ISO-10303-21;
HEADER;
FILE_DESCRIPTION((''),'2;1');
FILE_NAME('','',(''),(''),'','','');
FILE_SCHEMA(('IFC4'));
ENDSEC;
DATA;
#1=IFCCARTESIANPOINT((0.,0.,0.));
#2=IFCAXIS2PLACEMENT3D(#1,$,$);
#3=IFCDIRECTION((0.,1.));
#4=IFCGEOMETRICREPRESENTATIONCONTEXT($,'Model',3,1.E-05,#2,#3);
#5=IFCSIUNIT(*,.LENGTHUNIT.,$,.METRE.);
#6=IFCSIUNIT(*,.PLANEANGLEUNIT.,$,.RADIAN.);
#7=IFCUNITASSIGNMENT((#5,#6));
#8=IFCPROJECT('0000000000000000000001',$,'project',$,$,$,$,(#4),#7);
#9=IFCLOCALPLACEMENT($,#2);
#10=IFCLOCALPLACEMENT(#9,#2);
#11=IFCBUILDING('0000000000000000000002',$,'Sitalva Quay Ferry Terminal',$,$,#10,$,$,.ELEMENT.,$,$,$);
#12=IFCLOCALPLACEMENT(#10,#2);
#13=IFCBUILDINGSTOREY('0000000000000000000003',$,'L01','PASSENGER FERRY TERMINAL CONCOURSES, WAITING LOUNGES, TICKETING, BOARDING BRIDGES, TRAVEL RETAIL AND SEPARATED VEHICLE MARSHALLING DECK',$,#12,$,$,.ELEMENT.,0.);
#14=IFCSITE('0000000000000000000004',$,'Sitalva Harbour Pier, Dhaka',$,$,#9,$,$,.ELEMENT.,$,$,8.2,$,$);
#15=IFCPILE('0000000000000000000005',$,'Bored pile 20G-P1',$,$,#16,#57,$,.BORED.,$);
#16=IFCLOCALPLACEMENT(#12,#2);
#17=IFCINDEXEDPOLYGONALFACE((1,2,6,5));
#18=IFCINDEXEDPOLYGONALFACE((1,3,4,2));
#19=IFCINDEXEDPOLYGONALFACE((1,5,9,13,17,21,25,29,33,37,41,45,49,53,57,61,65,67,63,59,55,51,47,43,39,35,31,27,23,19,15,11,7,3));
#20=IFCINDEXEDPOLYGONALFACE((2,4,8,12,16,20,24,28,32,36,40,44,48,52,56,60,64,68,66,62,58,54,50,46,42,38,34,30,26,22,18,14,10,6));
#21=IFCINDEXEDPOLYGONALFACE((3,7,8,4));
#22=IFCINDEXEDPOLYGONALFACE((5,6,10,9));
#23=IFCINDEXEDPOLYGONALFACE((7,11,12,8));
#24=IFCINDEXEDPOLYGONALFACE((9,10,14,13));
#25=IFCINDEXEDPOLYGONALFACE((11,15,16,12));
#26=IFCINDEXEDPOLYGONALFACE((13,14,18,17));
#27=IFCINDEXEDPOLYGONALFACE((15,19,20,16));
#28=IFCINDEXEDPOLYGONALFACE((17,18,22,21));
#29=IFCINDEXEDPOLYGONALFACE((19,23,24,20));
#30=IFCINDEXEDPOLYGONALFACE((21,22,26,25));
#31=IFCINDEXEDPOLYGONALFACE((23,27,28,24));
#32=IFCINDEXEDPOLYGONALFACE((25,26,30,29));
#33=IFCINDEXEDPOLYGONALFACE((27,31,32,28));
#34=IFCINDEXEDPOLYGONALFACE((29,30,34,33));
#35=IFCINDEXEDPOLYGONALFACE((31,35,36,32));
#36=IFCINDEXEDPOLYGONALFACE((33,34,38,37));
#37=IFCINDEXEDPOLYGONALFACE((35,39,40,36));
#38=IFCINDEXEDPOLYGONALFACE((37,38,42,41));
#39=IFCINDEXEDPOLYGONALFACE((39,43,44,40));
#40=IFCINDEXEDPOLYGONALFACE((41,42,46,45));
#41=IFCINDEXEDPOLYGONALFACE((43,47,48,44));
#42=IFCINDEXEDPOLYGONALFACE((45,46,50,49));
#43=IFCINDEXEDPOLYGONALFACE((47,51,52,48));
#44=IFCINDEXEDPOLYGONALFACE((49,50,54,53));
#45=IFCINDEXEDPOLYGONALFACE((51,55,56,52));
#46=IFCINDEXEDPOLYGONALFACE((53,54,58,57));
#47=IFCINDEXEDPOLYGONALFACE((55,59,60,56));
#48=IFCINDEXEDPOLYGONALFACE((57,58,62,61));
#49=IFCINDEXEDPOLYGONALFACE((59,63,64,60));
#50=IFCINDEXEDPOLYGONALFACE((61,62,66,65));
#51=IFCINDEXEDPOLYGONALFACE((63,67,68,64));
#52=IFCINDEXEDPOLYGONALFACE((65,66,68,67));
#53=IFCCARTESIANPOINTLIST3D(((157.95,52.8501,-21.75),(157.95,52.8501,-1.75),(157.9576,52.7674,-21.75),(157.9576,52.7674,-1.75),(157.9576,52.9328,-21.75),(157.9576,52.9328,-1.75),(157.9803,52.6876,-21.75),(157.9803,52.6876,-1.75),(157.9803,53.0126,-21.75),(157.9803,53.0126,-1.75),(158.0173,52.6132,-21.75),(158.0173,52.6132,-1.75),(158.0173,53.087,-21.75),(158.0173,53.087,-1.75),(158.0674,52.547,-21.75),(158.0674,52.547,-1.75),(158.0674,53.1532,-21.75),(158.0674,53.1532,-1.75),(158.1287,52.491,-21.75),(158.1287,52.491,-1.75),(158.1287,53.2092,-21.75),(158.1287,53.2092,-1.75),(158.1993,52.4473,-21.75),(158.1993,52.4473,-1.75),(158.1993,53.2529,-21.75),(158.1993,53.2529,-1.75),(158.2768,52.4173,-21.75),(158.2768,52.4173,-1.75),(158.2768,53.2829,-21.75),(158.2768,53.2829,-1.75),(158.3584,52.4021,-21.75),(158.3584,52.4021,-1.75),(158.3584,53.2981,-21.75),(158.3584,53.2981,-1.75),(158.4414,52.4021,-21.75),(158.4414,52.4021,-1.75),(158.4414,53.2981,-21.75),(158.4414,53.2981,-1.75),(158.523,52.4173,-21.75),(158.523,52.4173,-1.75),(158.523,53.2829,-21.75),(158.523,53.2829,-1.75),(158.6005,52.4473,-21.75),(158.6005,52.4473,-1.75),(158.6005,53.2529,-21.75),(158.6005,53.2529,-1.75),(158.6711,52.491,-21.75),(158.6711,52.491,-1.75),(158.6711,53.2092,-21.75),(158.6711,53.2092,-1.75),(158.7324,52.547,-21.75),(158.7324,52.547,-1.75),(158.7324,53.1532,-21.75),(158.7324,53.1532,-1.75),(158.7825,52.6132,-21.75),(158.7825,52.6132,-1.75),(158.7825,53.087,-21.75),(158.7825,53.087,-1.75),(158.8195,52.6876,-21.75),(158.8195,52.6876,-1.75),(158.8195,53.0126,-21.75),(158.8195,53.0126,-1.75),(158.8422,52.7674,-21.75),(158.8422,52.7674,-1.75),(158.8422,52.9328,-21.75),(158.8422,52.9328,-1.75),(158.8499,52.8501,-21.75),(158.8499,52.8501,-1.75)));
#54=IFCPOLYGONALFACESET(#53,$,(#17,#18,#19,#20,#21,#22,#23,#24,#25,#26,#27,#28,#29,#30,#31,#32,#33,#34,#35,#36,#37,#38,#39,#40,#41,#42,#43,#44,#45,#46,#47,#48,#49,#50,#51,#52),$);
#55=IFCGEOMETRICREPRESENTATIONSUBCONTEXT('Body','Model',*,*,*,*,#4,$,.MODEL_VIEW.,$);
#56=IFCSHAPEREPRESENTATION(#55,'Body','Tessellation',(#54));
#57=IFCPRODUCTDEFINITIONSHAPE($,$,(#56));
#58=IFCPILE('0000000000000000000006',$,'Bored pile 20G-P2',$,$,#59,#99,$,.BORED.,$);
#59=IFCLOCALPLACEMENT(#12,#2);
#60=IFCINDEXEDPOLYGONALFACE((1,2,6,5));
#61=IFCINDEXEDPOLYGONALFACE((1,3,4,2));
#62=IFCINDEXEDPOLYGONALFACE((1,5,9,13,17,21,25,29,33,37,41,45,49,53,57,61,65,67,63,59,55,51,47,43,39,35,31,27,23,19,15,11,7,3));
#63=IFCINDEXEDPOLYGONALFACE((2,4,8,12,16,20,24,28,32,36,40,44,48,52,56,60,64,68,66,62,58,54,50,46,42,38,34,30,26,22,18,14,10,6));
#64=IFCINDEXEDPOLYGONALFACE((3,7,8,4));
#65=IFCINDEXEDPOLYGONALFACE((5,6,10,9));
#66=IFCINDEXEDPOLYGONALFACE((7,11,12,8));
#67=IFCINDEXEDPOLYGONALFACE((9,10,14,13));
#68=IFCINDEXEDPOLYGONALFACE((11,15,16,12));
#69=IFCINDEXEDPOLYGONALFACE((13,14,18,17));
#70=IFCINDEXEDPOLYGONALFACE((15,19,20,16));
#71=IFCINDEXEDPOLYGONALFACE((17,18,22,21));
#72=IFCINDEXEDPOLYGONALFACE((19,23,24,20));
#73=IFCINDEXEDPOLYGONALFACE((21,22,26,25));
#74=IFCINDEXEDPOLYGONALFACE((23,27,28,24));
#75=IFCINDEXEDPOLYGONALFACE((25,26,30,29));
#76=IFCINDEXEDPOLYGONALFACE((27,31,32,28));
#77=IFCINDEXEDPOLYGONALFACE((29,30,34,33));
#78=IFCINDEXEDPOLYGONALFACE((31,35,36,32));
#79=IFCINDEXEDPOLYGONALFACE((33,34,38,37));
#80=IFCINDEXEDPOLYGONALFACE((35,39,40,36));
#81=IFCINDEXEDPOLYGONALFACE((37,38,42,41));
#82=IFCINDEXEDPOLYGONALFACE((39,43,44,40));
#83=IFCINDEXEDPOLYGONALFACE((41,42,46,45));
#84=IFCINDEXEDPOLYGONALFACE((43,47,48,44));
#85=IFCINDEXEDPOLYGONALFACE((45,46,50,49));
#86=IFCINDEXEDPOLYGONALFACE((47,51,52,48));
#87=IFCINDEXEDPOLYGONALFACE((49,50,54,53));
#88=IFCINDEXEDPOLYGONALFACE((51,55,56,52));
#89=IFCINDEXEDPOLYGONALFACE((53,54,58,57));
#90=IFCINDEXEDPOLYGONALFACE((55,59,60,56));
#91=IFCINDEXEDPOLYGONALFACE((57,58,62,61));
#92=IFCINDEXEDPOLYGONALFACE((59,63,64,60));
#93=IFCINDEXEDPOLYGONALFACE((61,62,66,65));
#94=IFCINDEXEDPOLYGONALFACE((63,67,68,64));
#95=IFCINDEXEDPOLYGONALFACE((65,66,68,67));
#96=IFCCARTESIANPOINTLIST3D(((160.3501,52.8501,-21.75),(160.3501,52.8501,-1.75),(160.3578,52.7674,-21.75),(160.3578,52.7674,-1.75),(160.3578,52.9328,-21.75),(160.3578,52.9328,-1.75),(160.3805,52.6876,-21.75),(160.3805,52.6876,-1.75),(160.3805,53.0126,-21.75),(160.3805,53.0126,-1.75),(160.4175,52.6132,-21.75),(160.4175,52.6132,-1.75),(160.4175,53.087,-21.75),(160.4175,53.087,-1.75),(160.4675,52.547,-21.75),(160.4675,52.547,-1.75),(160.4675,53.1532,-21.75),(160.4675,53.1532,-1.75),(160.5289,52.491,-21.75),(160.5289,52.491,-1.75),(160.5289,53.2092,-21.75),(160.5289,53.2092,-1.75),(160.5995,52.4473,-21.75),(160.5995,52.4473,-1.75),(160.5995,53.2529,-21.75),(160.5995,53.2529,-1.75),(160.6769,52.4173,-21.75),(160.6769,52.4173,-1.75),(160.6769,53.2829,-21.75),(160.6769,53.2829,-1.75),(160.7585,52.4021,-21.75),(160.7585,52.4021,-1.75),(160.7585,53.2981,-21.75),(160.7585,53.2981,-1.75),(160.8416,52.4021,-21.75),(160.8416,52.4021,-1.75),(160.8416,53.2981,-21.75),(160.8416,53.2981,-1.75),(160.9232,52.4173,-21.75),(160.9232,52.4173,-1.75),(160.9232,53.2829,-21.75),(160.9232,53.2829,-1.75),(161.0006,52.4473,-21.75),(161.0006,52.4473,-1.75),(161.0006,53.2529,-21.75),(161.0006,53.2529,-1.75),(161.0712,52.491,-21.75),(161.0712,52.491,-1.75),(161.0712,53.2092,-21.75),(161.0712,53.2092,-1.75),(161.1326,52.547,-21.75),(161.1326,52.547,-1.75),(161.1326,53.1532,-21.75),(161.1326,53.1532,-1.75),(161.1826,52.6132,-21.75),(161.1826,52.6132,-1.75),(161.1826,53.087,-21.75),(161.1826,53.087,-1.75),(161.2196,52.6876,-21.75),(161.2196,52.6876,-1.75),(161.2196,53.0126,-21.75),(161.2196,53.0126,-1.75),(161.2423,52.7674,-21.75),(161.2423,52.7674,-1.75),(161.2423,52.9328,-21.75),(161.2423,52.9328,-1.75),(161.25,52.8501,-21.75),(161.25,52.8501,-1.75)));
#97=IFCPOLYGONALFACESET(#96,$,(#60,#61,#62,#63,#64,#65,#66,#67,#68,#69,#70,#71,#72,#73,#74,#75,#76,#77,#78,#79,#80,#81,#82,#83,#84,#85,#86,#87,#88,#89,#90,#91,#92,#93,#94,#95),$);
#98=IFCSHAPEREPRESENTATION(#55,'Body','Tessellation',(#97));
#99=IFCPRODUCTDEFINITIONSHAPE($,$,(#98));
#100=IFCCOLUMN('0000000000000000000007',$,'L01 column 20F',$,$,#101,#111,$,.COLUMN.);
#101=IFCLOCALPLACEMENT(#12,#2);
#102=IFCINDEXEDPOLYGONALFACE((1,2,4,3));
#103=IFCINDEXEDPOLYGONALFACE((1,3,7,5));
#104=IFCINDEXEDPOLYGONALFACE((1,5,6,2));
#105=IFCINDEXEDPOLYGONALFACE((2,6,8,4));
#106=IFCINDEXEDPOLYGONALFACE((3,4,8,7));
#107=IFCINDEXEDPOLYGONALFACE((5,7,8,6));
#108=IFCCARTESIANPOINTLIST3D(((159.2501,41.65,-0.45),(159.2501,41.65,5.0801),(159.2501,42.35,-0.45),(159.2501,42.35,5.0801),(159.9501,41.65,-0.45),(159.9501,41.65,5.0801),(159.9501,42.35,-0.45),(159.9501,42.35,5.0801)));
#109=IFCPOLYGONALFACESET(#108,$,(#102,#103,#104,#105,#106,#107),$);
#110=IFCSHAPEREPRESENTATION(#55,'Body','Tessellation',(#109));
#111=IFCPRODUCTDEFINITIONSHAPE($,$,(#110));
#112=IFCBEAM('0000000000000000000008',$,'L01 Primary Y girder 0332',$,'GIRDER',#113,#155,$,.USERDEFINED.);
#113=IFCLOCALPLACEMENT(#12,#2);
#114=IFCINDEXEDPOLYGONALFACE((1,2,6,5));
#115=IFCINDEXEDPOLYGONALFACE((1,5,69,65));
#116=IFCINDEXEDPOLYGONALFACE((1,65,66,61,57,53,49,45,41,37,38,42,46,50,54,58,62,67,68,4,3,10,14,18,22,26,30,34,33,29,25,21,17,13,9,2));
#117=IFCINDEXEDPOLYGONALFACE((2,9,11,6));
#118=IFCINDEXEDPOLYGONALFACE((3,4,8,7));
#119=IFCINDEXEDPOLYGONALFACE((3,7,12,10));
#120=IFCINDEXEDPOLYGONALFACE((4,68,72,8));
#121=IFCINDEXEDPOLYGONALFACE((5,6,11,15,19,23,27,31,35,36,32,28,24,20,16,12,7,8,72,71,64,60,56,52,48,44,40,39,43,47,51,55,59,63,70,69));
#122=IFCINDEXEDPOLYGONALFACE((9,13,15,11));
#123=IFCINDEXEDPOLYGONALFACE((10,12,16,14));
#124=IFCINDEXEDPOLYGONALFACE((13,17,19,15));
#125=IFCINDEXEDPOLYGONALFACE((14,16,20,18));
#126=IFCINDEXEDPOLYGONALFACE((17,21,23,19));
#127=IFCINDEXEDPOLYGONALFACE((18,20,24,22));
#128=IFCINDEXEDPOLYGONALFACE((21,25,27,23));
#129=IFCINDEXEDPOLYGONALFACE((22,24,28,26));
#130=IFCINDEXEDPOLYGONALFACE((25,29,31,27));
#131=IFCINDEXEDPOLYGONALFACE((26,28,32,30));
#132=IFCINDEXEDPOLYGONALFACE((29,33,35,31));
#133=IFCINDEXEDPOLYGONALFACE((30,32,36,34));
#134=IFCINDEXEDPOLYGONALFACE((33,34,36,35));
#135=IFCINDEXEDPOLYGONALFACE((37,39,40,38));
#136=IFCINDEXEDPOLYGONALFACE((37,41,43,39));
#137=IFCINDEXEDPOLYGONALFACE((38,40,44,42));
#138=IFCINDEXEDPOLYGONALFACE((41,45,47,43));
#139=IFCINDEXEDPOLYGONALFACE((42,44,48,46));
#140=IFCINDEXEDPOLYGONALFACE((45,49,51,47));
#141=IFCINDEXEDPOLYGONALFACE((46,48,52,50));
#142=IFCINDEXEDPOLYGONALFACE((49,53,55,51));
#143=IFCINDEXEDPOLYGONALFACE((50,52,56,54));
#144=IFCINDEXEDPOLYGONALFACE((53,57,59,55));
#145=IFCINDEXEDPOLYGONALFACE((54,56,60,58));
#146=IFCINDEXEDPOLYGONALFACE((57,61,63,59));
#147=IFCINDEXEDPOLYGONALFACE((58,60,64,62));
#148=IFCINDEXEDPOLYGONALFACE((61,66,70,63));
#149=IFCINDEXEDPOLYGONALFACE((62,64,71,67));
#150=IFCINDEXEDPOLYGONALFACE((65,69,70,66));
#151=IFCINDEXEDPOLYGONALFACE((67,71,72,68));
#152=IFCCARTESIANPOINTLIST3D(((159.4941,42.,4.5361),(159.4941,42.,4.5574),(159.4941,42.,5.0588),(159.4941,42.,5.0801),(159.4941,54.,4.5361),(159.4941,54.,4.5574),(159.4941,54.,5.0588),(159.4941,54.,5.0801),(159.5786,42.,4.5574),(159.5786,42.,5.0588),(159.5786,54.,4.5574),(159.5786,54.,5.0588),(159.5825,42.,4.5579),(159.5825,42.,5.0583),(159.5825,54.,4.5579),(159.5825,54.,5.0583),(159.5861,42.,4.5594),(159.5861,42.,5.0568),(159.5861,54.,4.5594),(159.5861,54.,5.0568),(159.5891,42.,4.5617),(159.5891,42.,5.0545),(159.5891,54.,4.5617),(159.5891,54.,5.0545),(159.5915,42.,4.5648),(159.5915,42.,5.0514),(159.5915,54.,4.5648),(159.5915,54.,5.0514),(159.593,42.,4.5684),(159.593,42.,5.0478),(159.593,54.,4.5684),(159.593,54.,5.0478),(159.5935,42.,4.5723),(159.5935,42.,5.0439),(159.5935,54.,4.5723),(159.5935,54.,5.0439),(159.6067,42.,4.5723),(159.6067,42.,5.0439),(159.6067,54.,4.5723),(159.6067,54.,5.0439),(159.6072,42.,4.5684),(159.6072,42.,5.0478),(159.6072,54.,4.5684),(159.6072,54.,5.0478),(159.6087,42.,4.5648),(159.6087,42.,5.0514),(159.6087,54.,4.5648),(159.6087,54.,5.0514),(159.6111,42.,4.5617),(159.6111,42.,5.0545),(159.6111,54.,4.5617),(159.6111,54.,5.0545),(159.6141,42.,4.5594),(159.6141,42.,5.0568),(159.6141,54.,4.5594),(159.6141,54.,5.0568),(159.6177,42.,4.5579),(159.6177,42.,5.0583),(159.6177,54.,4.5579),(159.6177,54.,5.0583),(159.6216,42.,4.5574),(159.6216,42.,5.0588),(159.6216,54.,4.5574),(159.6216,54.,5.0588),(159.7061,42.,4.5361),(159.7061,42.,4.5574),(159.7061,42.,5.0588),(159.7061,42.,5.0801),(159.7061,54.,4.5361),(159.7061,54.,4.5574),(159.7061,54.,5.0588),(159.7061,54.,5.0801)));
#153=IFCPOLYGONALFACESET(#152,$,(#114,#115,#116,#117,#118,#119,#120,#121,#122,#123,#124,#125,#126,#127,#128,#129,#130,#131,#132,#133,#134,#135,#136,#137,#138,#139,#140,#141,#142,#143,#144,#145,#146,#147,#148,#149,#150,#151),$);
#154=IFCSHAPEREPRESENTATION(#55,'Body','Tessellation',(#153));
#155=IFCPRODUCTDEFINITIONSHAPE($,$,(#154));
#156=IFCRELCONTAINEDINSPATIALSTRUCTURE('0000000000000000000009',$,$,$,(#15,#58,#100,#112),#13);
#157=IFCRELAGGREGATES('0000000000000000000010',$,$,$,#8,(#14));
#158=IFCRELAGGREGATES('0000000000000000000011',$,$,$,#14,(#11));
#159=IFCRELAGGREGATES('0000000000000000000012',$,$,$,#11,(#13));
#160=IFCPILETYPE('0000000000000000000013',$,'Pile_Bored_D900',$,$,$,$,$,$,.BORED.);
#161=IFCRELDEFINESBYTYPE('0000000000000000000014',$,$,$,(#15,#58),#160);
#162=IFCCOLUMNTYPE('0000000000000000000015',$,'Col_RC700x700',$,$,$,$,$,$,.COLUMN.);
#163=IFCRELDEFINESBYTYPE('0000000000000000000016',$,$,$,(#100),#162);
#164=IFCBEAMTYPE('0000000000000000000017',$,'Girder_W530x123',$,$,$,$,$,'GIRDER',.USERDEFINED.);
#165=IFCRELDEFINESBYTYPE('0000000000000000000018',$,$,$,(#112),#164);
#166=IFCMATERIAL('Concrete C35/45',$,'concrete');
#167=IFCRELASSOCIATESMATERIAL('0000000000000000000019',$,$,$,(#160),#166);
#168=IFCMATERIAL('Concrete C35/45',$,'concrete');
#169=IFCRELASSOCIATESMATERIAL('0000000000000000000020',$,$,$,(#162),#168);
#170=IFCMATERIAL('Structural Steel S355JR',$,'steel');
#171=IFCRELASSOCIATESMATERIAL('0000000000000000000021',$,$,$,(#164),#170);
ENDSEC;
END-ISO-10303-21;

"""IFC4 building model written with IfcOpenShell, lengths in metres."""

from ifc_helpers import new_model, si_unit, direction, frame, origin, origin_2d, place, context, subcontext, project, spatial, rectangle, circle, i_section, extrude, material, material_profile, profile_set, type_object, element, save


model = new_model("IFC4")

# Units and contexts
model_context = context("Model", 3, precision=1e-05, world=origin(), true_north=direction((0.0, 1.0)))
body_context = subcontext(model_context, "Body", "Model", "MODEL_VIEW")
ifc_project = project(units=[si_unit("LENGTHUNIT", "METRE"), si_unit("PLANEANGLEUNIT", "RADIAN")], contexts=[model_context])

# Site, building, storey
site_placement = place(None, origin())
site = spatial("IfcSite", under=ifc_project, at=site_placement, Name="Sitalva Harbour Pier, Dhaka", CompositionType="ELEMENT", RefElevation=8.2)
building_placement = place(site_placement, origin())
building = spatial("IfcBuilding", under=site, at=building_placement, Name="Sitalva Quay Ferry Terminal", CompositionType="ELEMENT")
storey_placement = place(building_placement, origin())
storey = spatial("IfcBuildingStorey", under=building, at=storey_placement, Name="L01", Description="PASSENGER FERRY TERMINAL CONCOURSES, WAITING LOUNGES, TICKETING, BOARDING BRIDGES, TRAVEL RETAIL AND SEPARATED VEHICLE MARSHALLING DECK", CompositionType="ELEMENT", Elevation=0.0)

# Piles
ifc_material_1 = material(Name="Concrete C35/45", Category="concrete")
ifc_material_profile_1 = material_profile(ifc_material_1, circle(Radius=0.45, at=origin_2d()), Name="PILE-D900")
ifc_profile_set_1 = profile_set([ifc_material_profile_1], Name="Concrete C35/45")
pile_type_1 = type_object("IfcPileType", Name="Pile_Bored_D900", PredefinedType="BORED", material=ifc_profile_set_1)
for number, where, z_axis, x_axis, name in (
    (1, (158.3999, 52.8501, -1.75), (0.0, 0.0, -1.0), (1.0, 0.0, 0.0), "Bored pile 20G-P1"),
    (2, (160.8, 52.8501, -1.75), (0.0, 0.0, -1.0), (1.0, 0.0, 0.0), "Bored pile 20G-P2"),
):
    element("IfcPile", number, at=place(storey_placement, frame(where, z_axis=z_axis, x_axis=x_axis)), inside=storey, type_object=pile_type_1, Name=name, PredefinedType="BORED", context=body_context, shape_type="SweptSolid", body=[
        extrude(circle(Radius=0.45, at=origin_2d()), origin(), (0.0, 0.0, 1.0), 20.0),
    ])

# Column
ifc_material_2 = material(Name="Concrete C35/45", Category="concrete")
ifc_material_profile_2 = material_profile(ifc_material_2, rectangle(XDim=0.7, YDim=0.7, at=origin_2d()), Name="RC700x700")
ifc_profile_set_2 = profile_set([ifc_material_profile_2], Name="Concrete C35/45")
column_type = type_object("IfcColumnType", Name="Col_RC700x700", PredefinedType="COLUMN", material=ifc_profile_set_2)
column_placement = place(storey_placement, frame((159.6001, 42.0, -0.45), z_axis=(0.0, 0.0, 1.0), x_axis=(1.0, 0.0, 0.0)))
element("IfcColumn", 3, at=column_placement, inside=storey, type_object=column_type, Name="L01 column 20F", PredefinedType="COLUMN", context=body_context, shape_type="SweptSolid", body=[
    extrude(rectangle(XDim=0.7, YDim=0.7, at=origin_2d()), origin(), (0.0, 0.0, 1.0), 5.53),
])

# Beam
ifc_material_3 = material(Name="Structural Steel S355JR", Category="steel")
ifc_material_profile_3 = material_profile(ifc_material_3, i_section(OverallWidth=0.2119, OverallDepth=0.5439, WebThickness=0.0132, FlangeThickness=0.0212, FilletRadius=0.0149, at=origin_2d()), Name="W530x123")
ifc_profile_set_3 = profile_set([ifc_material_profile_3], Name="Structural Steel S355JR")
beam_type_1 = type_object("IfcBeamType", Name="Girder_W530x123", ElementType="GIRDER", PredefinedType="USERDEFINED", material=ifc_profile_set_3)
beam_1_placement = place(storey_placement, frame((159.6001, 42.0, 4.8081), z_axis=(0.0, 1.0, 0.0), x_axis=(-1.0, 0.0, 0.0)))
element("IfcBeam", 4, at=beam_1_placement, inside=storey, type_object=beam_type_1, Name="L01 Primary Y girder 0332", ObjectType="GIRDER", PredefinedType="USERDEFINED", context=body_context, shape_type="SweptSolid", body=[
    extrude(i_section(OverallWidth=0.2119, OverallDepth=0.5439, WebThickness=0.0132, FlangeThickness=0.0212, FilletRadius=0.0149, at=origin_2d()), origin(), (0.0, 0.0, 1.0), 12.0),
])

save(model, "model.ifc")
